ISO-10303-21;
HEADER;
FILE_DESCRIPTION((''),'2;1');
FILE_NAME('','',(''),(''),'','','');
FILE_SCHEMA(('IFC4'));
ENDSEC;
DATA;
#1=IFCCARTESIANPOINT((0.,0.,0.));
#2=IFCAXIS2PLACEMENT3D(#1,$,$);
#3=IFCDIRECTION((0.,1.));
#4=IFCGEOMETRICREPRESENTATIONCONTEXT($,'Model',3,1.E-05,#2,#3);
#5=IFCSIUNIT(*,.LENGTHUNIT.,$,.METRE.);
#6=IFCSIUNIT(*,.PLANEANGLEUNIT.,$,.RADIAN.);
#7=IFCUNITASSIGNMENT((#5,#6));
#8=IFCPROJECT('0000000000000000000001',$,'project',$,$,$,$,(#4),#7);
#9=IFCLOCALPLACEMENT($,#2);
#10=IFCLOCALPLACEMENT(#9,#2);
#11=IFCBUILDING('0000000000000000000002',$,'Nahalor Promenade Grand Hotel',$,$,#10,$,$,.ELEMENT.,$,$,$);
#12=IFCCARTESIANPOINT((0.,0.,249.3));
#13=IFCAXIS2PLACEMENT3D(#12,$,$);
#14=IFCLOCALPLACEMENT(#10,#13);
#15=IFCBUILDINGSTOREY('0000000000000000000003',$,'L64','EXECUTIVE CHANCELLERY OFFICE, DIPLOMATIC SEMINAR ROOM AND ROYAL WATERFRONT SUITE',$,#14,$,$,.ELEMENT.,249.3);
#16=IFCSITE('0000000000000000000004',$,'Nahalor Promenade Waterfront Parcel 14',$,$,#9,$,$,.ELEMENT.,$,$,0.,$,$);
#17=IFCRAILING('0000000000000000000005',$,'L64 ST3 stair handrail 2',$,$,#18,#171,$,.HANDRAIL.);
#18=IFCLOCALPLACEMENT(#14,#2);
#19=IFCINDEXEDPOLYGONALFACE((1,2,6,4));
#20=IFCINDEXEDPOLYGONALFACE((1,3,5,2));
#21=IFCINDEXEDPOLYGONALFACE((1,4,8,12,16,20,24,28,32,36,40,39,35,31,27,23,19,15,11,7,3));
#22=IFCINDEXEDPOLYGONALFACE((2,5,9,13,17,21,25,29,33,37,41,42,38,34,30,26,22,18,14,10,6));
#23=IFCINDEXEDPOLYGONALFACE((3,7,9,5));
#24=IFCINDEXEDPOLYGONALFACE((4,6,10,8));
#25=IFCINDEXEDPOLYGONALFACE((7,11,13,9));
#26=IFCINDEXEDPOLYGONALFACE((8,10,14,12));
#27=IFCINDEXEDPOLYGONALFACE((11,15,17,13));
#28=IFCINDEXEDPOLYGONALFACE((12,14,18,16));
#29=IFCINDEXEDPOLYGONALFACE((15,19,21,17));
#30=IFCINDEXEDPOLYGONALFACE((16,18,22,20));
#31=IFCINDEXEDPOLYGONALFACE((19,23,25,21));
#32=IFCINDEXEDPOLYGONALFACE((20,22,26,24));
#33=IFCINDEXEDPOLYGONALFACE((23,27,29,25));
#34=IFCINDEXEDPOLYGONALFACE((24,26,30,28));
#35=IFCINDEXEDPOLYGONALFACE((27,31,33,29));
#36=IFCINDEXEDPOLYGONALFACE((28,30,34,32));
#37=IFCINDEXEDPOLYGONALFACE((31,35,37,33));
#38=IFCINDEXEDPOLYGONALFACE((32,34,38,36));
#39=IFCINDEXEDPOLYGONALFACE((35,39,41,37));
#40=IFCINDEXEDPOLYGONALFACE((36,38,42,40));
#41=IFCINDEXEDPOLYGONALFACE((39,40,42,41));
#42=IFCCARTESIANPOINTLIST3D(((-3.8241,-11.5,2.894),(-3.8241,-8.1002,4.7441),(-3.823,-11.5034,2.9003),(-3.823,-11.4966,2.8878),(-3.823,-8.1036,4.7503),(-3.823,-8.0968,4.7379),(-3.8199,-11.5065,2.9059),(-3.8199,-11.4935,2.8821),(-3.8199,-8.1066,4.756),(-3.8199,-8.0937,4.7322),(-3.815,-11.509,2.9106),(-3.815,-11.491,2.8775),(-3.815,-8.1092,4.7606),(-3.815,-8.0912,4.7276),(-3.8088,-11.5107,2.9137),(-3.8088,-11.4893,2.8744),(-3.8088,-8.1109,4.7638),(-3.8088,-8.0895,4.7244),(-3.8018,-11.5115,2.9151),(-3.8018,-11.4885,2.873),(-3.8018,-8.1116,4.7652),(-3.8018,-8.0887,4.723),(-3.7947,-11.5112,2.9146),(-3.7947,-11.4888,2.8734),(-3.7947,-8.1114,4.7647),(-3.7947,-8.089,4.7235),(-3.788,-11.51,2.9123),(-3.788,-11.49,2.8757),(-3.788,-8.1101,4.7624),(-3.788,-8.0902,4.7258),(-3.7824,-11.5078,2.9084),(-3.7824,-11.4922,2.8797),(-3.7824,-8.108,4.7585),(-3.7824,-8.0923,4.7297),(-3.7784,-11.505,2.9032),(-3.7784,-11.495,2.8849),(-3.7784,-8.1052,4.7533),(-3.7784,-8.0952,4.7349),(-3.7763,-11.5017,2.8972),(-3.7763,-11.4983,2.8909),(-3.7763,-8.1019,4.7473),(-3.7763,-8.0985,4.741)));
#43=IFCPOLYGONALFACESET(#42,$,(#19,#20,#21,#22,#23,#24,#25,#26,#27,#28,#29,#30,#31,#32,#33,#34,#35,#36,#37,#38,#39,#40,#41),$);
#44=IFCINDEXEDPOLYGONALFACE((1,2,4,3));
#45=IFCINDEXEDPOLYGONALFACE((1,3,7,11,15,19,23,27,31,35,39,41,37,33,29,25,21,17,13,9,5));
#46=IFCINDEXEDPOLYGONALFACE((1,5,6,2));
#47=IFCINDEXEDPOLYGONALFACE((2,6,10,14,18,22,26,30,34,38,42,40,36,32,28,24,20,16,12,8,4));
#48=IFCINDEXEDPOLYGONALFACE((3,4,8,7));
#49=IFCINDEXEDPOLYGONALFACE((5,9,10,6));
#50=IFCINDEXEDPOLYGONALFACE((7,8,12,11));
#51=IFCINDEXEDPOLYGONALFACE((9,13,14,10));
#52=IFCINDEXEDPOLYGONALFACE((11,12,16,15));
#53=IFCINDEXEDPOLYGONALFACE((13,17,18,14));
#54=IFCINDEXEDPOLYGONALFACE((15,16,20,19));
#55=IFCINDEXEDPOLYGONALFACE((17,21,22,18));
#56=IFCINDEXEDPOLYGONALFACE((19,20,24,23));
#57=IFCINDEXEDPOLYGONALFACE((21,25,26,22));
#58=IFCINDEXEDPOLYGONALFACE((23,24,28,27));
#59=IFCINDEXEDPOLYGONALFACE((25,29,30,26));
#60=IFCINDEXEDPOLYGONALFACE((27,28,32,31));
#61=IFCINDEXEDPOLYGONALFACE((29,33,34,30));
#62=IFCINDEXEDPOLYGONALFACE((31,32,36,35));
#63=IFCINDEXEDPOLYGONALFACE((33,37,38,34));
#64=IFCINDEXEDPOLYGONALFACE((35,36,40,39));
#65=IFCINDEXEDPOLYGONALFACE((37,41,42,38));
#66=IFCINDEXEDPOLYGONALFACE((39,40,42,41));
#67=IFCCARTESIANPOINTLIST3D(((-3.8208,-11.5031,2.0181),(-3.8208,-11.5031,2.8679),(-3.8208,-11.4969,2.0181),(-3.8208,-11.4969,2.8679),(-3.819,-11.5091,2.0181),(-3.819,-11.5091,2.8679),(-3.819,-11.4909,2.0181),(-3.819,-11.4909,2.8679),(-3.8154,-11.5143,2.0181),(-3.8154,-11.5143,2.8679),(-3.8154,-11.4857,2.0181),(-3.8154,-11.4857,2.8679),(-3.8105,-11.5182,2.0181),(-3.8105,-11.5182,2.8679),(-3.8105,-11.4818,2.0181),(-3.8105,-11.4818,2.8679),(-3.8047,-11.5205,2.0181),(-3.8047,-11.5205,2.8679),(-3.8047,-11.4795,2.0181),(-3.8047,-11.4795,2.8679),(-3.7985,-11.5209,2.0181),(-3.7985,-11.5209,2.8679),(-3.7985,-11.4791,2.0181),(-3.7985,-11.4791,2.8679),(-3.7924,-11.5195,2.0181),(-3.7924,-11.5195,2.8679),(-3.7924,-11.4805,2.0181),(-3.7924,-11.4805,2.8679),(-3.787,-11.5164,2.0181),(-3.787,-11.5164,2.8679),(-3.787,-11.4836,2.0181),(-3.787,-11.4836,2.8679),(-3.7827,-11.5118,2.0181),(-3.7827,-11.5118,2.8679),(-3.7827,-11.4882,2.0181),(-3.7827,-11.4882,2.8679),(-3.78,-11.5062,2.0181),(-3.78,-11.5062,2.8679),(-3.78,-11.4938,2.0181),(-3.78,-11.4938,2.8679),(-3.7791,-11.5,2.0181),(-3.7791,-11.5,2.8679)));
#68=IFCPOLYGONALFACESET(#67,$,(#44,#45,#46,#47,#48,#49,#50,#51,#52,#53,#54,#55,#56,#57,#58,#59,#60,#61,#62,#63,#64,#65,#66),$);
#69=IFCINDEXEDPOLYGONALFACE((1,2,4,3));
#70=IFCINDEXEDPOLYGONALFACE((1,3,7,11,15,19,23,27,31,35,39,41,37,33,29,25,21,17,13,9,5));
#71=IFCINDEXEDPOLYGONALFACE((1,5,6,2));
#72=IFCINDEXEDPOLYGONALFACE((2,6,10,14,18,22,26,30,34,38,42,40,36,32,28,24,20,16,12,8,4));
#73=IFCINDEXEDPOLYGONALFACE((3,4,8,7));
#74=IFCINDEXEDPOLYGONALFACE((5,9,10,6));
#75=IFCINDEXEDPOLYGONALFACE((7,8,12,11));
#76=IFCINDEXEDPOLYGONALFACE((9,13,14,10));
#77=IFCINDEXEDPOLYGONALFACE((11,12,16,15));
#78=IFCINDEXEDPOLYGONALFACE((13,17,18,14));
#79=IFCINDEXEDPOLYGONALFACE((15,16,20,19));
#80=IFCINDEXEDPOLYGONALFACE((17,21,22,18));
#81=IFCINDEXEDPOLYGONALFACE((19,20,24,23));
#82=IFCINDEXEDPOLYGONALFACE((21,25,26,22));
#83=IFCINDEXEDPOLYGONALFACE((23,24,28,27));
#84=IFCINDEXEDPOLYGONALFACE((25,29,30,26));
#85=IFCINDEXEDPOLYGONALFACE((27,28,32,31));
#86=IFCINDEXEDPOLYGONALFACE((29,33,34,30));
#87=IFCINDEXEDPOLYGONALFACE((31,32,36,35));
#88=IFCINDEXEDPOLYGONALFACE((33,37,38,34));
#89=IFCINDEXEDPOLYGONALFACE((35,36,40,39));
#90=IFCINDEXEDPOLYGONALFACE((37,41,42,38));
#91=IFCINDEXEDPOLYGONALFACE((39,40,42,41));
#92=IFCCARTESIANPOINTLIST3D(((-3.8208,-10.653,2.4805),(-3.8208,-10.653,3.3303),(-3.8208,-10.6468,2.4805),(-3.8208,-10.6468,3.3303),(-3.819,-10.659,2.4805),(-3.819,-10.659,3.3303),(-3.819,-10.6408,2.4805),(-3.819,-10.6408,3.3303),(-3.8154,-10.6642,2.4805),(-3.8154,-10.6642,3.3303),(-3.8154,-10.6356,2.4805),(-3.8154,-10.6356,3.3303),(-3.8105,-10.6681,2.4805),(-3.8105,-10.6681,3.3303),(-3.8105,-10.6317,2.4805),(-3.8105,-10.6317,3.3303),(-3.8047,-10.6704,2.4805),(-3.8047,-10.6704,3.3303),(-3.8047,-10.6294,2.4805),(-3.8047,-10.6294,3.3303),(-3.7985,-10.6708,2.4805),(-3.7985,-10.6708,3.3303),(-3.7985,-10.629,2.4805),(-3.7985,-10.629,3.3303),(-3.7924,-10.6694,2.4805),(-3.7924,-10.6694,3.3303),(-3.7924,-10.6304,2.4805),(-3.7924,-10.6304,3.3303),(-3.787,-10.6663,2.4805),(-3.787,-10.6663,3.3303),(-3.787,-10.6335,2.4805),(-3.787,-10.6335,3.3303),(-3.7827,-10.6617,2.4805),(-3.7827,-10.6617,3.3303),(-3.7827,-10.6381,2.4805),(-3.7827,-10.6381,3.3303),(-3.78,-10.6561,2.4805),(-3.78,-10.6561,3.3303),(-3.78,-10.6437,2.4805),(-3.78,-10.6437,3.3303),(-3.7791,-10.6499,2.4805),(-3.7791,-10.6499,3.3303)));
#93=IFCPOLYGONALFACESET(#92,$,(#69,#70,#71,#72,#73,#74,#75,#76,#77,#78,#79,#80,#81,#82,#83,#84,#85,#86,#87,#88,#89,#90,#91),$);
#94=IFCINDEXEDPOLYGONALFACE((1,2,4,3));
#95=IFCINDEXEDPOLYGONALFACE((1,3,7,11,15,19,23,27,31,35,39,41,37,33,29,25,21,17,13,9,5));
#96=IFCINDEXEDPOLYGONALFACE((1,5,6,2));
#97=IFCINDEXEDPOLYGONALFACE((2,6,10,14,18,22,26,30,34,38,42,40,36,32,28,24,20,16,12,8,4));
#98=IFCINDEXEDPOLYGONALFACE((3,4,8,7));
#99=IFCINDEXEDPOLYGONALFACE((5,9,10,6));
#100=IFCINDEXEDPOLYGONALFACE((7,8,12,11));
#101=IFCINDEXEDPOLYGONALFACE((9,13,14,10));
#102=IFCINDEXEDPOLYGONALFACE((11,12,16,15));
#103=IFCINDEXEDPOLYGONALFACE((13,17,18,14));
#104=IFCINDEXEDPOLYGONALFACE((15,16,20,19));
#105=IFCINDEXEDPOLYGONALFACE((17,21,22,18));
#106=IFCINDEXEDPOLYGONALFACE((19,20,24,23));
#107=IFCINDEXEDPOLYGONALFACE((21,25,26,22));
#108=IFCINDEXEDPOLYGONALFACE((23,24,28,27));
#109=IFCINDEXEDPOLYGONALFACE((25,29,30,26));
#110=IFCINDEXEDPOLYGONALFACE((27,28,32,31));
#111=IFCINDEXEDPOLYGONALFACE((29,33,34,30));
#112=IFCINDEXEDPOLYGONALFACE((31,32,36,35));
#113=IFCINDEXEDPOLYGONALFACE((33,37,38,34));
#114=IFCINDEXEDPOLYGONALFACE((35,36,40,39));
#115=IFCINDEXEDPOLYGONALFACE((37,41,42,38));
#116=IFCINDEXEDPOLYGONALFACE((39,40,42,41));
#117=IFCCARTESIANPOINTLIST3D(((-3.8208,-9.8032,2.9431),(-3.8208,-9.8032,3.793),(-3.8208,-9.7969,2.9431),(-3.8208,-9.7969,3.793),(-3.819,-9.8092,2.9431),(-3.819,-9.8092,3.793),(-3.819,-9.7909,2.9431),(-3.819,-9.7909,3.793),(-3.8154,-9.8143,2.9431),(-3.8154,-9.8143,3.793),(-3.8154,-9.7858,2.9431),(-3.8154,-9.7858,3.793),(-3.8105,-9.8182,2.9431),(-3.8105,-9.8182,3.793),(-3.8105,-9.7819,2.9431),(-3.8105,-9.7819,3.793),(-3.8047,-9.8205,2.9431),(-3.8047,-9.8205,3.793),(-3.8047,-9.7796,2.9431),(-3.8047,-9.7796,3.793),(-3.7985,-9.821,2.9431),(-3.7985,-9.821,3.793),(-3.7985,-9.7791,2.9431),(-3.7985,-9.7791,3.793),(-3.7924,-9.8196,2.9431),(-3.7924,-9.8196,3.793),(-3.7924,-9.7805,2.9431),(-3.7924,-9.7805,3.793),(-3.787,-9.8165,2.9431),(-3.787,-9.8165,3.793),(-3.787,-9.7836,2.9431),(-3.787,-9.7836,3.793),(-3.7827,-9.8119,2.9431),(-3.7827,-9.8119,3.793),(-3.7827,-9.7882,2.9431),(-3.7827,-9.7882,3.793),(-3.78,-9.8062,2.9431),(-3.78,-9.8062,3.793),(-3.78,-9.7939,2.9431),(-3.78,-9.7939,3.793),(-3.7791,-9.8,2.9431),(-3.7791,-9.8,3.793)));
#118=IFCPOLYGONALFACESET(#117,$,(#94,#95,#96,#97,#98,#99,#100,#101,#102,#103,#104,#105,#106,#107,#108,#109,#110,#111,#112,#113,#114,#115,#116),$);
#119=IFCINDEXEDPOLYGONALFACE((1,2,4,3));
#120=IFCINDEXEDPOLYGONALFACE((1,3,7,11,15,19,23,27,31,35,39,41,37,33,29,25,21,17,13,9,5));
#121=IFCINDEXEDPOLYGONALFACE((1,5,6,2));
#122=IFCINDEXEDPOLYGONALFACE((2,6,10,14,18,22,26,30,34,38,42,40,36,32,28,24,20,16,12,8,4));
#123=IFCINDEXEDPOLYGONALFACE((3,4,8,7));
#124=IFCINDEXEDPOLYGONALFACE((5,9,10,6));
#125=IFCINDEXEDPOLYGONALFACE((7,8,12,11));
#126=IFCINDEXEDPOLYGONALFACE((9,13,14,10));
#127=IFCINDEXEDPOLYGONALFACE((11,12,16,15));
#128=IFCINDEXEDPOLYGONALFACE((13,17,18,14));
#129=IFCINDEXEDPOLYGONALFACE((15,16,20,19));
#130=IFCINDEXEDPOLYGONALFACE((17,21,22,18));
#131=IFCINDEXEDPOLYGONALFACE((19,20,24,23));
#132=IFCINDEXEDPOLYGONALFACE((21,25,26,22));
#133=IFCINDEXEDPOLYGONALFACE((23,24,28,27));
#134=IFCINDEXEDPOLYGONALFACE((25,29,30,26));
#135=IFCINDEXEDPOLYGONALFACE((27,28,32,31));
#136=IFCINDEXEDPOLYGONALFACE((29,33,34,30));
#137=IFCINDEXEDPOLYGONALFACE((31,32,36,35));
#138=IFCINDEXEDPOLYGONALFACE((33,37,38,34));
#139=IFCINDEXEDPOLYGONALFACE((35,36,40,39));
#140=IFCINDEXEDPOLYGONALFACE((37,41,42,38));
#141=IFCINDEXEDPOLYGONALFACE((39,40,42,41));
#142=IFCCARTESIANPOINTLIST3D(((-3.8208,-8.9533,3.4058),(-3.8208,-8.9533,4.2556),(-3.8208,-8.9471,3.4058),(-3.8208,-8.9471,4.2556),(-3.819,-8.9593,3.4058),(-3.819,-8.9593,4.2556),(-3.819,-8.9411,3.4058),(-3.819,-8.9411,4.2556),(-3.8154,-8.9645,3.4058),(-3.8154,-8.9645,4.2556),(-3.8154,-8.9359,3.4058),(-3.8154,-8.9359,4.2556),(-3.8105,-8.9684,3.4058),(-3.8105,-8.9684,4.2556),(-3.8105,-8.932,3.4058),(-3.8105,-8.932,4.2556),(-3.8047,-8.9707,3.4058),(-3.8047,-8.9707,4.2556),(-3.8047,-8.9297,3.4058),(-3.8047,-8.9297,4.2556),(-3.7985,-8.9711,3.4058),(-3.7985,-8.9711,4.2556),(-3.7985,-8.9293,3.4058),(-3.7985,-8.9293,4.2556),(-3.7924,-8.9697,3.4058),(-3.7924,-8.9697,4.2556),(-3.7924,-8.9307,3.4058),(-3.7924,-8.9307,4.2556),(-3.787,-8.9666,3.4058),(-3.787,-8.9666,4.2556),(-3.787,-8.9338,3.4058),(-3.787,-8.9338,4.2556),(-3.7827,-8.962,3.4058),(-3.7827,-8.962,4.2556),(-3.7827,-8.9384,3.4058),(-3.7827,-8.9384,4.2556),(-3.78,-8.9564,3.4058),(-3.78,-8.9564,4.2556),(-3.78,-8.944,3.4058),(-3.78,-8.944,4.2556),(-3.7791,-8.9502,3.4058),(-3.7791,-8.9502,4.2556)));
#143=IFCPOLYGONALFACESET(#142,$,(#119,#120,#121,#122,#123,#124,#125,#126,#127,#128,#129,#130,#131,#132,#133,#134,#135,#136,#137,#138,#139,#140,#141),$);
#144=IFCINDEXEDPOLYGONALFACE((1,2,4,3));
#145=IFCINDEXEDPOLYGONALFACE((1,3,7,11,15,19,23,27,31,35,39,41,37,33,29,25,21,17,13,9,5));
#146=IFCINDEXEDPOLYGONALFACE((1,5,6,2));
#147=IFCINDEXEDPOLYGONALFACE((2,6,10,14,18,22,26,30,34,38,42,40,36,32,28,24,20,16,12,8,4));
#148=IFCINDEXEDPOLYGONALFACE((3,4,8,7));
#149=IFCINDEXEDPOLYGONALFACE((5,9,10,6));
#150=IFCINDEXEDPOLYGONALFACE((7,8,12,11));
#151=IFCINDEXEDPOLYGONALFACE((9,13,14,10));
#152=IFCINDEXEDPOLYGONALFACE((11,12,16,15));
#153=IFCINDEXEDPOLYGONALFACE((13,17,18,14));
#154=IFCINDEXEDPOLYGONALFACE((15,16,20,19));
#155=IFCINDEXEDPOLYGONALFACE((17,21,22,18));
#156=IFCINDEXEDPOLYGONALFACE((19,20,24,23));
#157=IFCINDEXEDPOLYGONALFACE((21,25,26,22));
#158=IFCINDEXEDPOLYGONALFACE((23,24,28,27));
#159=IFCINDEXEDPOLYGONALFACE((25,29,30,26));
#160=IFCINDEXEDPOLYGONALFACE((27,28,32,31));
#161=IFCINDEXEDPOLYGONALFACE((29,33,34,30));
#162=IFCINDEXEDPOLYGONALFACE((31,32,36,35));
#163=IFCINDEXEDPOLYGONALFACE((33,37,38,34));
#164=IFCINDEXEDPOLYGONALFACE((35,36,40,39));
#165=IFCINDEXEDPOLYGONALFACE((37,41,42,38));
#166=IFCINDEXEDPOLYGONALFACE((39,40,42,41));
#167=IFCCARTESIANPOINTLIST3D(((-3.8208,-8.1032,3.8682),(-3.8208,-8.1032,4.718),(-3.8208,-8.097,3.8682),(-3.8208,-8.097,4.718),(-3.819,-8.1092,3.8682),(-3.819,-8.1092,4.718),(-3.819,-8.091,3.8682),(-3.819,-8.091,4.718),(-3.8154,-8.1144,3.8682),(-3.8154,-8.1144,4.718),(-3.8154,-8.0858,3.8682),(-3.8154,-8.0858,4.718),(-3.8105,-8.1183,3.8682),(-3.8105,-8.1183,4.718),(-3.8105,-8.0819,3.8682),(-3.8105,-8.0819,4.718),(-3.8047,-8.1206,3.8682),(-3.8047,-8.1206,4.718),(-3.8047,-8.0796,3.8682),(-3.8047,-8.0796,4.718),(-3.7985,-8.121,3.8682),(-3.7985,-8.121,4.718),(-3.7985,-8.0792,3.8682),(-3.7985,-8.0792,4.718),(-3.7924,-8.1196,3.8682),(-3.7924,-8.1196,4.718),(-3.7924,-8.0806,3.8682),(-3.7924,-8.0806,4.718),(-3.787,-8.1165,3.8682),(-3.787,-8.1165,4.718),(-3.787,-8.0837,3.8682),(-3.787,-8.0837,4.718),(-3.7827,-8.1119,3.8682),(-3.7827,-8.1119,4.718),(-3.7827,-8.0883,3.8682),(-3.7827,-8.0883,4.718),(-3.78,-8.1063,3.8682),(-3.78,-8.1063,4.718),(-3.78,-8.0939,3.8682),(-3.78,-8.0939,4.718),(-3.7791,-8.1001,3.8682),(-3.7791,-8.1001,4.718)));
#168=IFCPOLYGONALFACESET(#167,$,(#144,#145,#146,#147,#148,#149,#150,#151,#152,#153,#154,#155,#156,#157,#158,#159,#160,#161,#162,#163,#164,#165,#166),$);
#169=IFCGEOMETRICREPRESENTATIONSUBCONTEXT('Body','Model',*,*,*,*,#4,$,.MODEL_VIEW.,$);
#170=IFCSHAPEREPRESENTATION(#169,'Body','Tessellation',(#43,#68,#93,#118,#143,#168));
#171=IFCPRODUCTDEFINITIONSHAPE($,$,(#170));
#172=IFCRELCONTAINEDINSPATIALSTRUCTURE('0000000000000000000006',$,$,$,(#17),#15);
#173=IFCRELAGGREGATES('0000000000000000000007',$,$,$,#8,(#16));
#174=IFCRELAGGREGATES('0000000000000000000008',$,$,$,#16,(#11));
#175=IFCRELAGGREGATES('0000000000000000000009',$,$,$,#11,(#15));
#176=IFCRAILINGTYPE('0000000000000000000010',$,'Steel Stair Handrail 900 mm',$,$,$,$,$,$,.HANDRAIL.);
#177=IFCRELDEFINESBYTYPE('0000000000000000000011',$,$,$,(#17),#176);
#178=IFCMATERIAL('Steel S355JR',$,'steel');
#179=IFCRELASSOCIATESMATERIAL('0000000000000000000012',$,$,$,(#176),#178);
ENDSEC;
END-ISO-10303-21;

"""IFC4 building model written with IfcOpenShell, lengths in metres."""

from ifc_helpers import new_model, si_unit, direction, frame, origin, origin_2d, place, context, subcontext, project, spatial, circle, extrude, material, type_object, element, save


model = new_model("IFC4")

# Units and contexts
model_context = context("Model", 3, precision=1e-05, world=origin(), true_north=direction((0.0, 1.0)))
body_context = subcontext(model_context, "Body", "Model", "MODEL_VIEW")
ifc_project = project(units=[si_unit("LENGTHUNIT", "METRE"), si_unit("PLANEANGLEUNIT", "RADIAN")], contexts=[model_context])

# Site, building, storey
site_placement = place(None, origin())
site = spatial("IfcSite", under=ifc_project, at=site_placement, Name="Nahalor Promenade Waterfront Parcel 14", CompositionType="ELEMENT", RefElevation=0.0)
building_placement = place(site_placement, origin())
building = spatial("IfcBuilding", under=site, at=building_placement, Name="Nahalor Promenade Grand Hotel", CompositionType="ELEMENT")
storey_placement = place(building_placement, frame((0.0, 0.0, 249.3)))
storey = spatial("IfcBuildingStorey", under=building, at=storey_placement, Name="L64", Description="EXECUTIVE CHANCELLERY OFFICE, DIPLOMATIC SEMINAR ROOM AND ROYAL WATERFRONT SUITE", CompositionType="ELEMENT", Elevation=249.3)

# Shared definitions
ifc_material_1 = material(Name="Steel S355JR", Category="steel")

# Railing
railing_type_1 = type_object("IfcRailingType", Name="Steel Stair Handrail 900 mm", PredefinedType="HANDRAIL", material=ifc_material_1)
railing_1_placement = place(storey_placement, frame((-3.8, -11.5, 2.0181)))
element("IfcRailing", 1, at=railing_1_placement, inside=storey, type_object=railing_type_1, Name="L64 ST3 stair handrail 2", PredefinedType="HANDRAIL", context=body_context, shape_type="SweptSolid", body=[
    extrude(circle(Radius=0.024, at=origin_2d()), frame((0.0, 0.0, 0.876), z_axis=(0.0, 0.878372, 0.477977), x_axis=(-1.0, 0.0, 0.0)), (0.0, 0.0, 1.0), 3.8706),
    extrude(circle(Radius=0.021, at=origin_2d()), origin(), (0.0, 0.0, 1.0), 0.8499),
    extrude(circle(Radius=0.021, at=origin_2d()), frame((0.0, 0.8501, 0.4624)), (0.0, 0.0, 1.0), 0.8499),
    extrude(circle(Radius=0.021, at=origin_2d()), frame((0.0, 1.7, 0.925)), (0.0, 0.0, 1.0), 0.8499),
    extrude(circle(Radius=0.021, at=origin_2d()), frame((0.0, 2.5498, 1.3877)), (0.0, 0.0, 1.0), 0.8499),
    extrude(circle(Radius=0.021, at=origin_2d()), frame((0.0, 3.3999, 1.8501)), (0.0, 0.0, 1.0), 0.8499),
])

save(model, "model.ifc")
